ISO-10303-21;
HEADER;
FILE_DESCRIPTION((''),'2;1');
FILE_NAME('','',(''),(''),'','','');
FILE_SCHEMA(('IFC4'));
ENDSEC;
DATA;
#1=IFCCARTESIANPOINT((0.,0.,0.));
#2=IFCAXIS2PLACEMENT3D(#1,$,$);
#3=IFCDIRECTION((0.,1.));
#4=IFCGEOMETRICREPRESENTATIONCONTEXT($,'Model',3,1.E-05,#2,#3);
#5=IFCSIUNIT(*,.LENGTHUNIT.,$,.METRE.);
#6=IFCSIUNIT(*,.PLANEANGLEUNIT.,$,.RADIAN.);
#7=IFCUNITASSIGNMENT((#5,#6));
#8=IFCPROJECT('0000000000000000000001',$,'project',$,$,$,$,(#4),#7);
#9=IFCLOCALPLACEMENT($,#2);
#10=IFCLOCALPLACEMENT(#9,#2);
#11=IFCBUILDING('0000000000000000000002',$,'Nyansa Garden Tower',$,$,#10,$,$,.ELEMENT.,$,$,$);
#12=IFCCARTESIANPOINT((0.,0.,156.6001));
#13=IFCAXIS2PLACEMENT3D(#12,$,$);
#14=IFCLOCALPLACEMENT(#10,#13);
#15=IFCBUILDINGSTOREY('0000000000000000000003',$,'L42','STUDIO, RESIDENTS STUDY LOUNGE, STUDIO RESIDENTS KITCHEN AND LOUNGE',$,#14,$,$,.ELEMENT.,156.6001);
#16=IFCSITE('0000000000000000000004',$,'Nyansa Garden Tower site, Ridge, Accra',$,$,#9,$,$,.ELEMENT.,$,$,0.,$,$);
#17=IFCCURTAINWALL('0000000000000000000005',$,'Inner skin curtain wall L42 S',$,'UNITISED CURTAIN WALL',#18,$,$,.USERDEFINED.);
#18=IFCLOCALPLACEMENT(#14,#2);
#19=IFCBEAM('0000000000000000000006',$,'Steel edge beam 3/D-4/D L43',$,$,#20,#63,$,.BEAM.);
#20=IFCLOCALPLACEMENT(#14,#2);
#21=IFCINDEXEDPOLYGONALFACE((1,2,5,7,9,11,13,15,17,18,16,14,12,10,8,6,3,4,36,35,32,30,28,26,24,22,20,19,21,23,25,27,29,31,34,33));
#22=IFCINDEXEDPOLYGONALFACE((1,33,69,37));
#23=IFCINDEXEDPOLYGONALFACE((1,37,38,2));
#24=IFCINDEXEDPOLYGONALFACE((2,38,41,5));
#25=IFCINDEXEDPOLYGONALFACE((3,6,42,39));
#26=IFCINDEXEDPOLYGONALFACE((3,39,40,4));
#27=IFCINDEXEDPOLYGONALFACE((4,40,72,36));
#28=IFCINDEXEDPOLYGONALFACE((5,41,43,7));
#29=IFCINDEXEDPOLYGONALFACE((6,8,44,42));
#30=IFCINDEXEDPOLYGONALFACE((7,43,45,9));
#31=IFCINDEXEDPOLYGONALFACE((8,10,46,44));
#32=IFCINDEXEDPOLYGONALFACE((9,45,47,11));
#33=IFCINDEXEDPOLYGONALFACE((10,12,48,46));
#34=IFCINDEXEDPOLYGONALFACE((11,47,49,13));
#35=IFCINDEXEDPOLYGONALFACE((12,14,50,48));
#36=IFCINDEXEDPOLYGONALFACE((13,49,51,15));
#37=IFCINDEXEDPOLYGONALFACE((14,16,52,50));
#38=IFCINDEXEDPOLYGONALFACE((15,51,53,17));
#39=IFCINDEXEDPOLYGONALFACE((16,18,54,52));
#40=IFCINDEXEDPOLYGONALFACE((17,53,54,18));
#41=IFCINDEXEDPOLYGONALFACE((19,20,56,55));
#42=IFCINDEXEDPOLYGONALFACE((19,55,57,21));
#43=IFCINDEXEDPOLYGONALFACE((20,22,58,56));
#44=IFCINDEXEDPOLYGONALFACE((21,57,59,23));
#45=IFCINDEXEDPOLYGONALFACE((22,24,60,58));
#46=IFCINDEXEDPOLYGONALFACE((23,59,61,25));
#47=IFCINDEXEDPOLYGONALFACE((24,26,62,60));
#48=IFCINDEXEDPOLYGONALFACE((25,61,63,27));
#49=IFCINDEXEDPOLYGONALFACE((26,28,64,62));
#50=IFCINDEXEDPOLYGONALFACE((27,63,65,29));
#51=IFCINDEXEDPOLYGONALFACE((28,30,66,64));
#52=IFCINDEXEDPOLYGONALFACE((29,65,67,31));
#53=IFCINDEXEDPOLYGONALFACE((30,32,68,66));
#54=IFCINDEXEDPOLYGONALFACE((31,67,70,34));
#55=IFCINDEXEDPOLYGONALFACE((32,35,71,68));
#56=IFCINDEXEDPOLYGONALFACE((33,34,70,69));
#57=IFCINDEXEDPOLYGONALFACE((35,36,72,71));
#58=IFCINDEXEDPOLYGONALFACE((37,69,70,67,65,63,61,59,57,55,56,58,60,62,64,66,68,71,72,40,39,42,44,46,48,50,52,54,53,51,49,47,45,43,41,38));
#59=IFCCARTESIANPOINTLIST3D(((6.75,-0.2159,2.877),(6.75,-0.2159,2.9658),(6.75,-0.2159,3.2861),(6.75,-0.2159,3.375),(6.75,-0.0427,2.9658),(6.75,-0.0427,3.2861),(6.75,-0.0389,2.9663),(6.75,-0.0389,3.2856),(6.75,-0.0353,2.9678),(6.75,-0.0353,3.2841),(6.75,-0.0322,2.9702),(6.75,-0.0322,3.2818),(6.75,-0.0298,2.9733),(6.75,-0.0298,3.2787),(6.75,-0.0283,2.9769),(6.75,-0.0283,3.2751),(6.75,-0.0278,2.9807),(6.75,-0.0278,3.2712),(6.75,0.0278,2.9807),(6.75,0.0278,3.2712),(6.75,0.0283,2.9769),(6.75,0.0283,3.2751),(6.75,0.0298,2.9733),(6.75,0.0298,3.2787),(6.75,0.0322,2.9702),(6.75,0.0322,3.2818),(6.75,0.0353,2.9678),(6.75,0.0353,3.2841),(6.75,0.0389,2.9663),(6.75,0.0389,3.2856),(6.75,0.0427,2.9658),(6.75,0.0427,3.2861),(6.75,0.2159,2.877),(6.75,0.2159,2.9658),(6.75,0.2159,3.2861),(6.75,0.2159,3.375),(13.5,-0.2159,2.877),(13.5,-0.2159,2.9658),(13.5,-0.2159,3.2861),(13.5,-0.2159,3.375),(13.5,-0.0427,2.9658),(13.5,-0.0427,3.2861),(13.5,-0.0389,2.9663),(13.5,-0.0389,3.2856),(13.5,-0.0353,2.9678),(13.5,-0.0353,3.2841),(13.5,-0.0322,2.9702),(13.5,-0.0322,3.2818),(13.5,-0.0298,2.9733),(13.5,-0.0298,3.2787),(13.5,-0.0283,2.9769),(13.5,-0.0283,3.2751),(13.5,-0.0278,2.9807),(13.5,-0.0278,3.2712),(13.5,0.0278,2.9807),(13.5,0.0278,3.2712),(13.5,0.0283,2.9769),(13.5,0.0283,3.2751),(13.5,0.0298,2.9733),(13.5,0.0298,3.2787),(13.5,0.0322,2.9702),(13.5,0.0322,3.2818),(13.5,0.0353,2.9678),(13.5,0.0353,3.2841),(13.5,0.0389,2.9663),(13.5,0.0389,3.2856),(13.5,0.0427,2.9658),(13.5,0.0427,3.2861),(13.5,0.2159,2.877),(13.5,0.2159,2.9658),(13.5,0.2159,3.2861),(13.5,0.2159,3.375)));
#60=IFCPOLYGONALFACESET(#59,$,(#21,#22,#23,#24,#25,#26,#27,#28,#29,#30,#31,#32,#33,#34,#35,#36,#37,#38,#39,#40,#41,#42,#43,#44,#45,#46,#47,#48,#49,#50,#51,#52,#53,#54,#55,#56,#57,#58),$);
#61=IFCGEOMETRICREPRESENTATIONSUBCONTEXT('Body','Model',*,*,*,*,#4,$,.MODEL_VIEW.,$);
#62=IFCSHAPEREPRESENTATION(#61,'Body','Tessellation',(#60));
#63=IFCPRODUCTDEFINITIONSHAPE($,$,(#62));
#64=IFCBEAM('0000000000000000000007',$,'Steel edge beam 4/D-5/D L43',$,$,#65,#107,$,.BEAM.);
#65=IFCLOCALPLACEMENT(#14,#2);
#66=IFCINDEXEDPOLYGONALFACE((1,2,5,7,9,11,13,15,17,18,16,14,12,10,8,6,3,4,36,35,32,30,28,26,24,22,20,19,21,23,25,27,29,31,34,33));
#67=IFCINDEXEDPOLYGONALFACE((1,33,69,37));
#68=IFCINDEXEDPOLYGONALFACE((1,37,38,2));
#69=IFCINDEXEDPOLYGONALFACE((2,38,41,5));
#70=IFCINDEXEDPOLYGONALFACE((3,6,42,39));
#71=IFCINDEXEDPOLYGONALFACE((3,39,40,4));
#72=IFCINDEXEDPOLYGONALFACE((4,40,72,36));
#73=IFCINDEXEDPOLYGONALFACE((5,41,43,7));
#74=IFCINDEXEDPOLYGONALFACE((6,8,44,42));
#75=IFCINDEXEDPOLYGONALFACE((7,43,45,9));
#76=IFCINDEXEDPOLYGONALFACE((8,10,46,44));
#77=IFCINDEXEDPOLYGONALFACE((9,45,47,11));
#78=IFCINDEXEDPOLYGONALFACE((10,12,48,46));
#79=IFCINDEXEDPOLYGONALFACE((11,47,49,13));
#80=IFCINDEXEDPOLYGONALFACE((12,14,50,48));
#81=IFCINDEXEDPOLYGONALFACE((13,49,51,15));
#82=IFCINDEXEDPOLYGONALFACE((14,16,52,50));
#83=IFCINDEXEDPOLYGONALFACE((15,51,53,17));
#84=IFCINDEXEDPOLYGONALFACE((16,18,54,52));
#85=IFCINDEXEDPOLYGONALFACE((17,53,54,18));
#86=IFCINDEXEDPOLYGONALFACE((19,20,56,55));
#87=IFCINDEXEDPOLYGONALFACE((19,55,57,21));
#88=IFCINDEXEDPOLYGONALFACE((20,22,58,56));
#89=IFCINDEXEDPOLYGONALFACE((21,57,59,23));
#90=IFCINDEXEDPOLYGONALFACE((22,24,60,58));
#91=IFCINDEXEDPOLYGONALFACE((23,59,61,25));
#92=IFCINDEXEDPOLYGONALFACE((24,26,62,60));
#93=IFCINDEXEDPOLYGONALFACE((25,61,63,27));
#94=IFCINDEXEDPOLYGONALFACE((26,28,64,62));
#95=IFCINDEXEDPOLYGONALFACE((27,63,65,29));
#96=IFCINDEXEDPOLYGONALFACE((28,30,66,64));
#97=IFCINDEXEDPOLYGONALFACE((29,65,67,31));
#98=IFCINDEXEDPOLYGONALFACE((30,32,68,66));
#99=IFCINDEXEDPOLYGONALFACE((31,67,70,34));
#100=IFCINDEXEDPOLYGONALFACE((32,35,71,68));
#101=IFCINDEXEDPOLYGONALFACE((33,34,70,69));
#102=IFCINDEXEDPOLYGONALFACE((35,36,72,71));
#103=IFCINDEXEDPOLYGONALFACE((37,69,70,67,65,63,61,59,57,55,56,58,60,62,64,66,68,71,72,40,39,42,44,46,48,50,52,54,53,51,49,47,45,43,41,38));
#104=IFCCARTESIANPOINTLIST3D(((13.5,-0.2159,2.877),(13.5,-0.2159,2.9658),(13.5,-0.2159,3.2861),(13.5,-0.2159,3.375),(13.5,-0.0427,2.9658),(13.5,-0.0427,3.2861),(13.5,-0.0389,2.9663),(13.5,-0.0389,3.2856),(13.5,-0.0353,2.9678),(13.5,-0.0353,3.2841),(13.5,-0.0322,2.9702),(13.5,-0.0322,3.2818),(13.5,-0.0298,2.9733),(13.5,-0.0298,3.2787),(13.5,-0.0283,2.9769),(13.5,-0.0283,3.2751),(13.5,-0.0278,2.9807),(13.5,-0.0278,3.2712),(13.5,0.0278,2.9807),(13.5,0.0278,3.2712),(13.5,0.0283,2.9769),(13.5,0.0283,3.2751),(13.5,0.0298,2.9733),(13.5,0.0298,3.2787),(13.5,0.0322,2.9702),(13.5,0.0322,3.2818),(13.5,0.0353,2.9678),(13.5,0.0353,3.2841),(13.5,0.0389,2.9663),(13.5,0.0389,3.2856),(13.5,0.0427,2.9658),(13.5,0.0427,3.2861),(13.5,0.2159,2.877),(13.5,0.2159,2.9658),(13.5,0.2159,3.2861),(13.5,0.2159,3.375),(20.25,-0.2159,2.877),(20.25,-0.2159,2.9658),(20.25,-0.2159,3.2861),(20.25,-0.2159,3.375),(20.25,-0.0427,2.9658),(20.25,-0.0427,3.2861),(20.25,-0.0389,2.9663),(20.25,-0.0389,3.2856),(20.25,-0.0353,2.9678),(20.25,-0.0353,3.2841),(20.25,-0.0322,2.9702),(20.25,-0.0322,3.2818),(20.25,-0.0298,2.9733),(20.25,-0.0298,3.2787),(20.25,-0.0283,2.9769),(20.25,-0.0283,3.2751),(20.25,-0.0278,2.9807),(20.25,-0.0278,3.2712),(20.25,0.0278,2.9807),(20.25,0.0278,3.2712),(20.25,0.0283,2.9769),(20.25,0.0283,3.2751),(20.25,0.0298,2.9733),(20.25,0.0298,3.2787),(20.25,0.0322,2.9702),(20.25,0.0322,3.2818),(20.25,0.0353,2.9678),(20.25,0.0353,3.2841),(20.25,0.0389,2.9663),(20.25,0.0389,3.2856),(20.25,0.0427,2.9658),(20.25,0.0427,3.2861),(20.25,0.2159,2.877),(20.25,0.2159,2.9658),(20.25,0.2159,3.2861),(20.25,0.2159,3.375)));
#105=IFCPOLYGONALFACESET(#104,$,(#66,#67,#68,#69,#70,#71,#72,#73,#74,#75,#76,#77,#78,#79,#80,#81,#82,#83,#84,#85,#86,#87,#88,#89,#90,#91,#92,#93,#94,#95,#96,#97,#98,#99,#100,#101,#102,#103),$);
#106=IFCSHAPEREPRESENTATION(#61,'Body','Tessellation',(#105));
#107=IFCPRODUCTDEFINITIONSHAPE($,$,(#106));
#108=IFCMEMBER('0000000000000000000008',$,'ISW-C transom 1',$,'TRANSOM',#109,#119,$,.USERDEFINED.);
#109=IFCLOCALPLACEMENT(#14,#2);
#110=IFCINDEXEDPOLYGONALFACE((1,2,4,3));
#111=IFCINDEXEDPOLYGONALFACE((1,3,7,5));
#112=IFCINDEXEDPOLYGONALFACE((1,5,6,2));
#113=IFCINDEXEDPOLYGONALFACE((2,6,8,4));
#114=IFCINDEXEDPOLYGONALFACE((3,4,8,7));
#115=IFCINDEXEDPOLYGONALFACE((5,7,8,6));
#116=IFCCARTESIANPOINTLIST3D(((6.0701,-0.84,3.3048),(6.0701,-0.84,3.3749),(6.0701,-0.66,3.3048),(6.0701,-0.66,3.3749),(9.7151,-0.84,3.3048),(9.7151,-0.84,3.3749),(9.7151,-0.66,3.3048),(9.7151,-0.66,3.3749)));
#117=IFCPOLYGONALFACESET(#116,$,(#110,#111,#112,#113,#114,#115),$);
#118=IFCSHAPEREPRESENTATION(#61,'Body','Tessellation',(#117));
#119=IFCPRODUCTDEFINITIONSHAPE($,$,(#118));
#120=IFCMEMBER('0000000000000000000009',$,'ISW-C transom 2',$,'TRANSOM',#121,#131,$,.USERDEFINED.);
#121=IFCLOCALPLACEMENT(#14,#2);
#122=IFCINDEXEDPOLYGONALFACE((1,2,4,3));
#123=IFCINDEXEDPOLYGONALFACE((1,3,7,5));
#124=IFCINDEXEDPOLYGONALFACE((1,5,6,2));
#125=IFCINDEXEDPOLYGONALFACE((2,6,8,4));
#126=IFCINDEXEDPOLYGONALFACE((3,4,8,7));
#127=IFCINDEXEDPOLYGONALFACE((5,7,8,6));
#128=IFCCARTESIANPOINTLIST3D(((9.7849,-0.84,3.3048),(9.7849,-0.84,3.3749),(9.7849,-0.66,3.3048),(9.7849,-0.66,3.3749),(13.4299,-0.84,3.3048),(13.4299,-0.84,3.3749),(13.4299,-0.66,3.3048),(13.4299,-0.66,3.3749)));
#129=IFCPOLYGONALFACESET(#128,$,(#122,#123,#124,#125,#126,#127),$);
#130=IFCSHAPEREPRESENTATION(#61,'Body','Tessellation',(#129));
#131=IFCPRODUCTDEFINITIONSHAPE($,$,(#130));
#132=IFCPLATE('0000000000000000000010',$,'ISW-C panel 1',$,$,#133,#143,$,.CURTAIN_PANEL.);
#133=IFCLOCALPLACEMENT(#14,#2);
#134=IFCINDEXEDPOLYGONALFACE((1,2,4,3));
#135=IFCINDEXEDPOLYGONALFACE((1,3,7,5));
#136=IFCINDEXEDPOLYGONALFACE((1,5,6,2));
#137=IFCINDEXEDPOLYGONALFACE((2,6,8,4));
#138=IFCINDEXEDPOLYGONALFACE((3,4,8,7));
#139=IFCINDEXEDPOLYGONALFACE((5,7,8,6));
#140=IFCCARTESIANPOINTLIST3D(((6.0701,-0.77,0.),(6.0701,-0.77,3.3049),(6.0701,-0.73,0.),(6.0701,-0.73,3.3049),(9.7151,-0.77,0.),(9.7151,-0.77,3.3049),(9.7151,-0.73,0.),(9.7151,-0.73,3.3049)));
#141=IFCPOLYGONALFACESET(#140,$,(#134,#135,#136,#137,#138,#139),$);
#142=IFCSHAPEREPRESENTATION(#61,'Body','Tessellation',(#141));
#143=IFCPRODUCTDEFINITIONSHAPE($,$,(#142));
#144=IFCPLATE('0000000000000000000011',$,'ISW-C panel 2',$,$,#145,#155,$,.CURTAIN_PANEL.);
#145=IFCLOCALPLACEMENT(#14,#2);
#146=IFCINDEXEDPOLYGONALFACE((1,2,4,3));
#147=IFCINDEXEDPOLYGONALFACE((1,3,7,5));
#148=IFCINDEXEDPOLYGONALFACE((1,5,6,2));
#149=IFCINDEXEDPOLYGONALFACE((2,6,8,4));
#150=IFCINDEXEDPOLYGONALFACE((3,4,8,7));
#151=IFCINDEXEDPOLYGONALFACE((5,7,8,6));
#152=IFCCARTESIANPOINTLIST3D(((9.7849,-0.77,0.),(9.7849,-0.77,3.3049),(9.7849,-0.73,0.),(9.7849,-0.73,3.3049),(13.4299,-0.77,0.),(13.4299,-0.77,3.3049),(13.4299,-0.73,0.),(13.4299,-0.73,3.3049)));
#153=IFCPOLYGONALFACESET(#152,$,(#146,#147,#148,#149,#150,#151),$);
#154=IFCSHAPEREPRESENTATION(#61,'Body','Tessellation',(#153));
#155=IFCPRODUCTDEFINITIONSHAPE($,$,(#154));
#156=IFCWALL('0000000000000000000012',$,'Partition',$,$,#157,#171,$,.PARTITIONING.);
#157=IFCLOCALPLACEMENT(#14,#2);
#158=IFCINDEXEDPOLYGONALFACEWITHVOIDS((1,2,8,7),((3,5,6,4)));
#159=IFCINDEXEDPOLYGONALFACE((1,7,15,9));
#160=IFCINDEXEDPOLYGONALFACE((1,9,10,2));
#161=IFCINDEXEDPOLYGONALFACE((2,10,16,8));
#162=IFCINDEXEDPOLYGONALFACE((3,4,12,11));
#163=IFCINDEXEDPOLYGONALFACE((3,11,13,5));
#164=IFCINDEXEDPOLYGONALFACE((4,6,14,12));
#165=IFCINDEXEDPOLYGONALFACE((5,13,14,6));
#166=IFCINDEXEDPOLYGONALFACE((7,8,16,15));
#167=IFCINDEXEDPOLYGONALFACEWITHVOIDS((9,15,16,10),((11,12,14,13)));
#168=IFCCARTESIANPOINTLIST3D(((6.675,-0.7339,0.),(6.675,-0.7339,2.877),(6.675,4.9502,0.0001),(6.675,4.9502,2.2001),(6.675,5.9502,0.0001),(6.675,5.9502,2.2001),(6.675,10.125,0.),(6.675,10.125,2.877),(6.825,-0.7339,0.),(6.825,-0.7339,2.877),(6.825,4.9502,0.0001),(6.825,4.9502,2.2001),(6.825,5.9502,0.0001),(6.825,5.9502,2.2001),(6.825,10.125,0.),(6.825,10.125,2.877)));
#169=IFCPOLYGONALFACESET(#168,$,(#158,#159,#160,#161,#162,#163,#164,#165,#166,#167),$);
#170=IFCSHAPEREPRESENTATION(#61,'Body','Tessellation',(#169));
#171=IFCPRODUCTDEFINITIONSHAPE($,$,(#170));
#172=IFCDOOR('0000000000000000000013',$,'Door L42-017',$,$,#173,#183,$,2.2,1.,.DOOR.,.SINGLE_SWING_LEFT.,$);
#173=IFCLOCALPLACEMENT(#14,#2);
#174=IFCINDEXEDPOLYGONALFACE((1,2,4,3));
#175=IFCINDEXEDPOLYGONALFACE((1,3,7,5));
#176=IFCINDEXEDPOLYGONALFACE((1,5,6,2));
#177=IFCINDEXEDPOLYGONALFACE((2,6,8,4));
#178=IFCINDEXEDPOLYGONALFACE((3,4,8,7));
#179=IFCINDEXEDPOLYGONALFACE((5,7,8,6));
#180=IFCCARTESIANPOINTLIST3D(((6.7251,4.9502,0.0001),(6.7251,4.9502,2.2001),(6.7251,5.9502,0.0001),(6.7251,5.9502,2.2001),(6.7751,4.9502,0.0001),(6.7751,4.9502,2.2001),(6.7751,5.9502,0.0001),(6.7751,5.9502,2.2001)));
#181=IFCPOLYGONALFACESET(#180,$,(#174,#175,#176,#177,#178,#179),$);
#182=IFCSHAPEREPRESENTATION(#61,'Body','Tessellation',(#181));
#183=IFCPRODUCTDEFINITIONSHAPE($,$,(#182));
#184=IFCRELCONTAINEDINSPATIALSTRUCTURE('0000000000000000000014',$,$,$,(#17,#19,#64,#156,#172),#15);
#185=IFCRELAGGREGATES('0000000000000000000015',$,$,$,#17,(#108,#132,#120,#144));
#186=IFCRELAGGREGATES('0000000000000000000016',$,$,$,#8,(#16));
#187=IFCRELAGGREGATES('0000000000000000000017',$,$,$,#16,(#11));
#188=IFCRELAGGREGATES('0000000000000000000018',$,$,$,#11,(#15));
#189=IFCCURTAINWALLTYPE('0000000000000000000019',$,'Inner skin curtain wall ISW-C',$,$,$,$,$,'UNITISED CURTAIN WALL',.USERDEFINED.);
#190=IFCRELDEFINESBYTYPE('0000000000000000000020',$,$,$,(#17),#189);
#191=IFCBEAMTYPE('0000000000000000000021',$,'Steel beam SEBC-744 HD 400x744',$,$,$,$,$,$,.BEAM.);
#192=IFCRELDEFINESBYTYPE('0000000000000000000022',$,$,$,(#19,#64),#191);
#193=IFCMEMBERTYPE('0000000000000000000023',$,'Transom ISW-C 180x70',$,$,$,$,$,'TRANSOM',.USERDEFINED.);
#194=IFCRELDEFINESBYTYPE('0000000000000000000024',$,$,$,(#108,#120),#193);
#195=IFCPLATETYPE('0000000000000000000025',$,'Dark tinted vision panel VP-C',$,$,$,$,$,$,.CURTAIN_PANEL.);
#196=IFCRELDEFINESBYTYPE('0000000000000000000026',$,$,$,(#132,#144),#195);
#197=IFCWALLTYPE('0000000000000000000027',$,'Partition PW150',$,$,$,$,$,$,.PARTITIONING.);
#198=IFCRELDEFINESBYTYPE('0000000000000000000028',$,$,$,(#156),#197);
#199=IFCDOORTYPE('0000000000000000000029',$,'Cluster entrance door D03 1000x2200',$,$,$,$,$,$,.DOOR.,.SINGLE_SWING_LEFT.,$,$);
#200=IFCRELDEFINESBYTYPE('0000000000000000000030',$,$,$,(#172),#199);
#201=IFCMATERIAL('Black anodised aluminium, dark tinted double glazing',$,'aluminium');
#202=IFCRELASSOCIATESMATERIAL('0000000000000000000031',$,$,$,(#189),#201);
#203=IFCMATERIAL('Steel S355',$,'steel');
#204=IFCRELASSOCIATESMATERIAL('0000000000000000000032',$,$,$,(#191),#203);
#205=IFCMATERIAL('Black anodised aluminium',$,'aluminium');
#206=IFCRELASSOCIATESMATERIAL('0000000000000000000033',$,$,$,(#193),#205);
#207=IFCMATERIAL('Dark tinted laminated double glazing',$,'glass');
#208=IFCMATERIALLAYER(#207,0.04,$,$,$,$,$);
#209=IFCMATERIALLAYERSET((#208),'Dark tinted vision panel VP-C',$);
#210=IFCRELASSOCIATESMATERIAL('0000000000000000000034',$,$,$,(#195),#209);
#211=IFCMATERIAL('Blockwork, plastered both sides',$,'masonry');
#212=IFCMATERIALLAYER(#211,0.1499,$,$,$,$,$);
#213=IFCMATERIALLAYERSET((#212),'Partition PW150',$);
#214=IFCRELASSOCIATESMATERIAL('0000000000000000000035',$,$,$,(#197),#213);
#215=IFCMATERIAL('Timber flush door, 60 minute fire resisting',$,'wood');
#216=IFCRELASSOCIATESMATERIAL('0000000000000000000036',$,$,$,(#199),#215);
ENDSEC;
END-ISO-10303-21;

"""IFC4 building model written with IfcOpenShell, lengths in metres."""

from ifc_helpers import new_model, si_unit, direction, frame, frame_2d, origin, origin_2d, place, context, subcontext, project, spatial, rectangle, i_section, extrude, material, layer, layer_set, material_profile, profile_set, type_object, element, fill, aggregate, save


model = new_model("IFC4")

# Units and contexts
model_context = context("Model", 3, precision=1e-05, world=origin(), true_north=direction((0.0, 1.0)))
body_context = subcontext(model_context, "Body", "Model", "MODEL_VIEW")
ifc_project = project(units=[si_unit("LENGTHUNIT", "METRE"), si_unit("PLANEANGLEUNIT", "RADIAN")], contexts=[model_context])

# Site, building, storey
site_placement = place(None, origin())
site = spatial("IfcSite", under=ifc_project, at=site_placement, Name="Nyansa Garden Tower site, Ridge, Accra", CompositionType="ELEMENT", RefElevation=0.0)
building_placement = place(site_placement, origin())
building = spatial("IfcBuilding", under=site, at=building_placement, Name="Nyansa Garden Tower", CompositionType="ELEMENT")
storey_placement = place(building_placement, frame((0.0, 0.0, 156.6001)))
storey = spatial("IfcBuildingStorey", under=building, at=storey_placement, Name="L42", Description="STUDIO, RESIDENTS STUDY LOUNGE, STUDIO RESIDENTS KITCHEN AND LOUNGE", CompositionType="ELEMENT", Elevation=156.6001)

# Curtain wall
ifc_material_1 = material(Name="Black anodised aluminium, dark tinted double glazing", Category="aluminium")
curtain_wall_type = type_object("IfcCurtainWallType", Name="Inner skin curtain wall ISW-C", ElementType="UNITISED CURTAIN WALL", PredefinedType="USERDEFINED", material=ifc_material_1)
curtain_wall_placement = place(storey_placement, origin())
curtain_wall = element("IfcCurtainWall", 1, at=curtain_wall_placement, inside=storey, type_object=curtain_wall_type, Name="Inner skin curtain wall L42 S", ObjectType="UNITISED CURTAIN WALL", PredefinedType="USERDEFINED")

# Beams
ifc_material_2 = material(Name="Steel S355", Category="steel")
ifc_material_profile_1 = material_profile(ifc_material_2, i_section(OverallWidth=0.4319, OverallDepth=0.498, WebThickness=0.0557, FlangeThickness=0.0889, FilletRadius=0.0149, at=origin_2d()), Name="HD 400x744")
ifc_profile_set_1 = profile_set([ifc_material_profile_1], Name="Steel S355")
beam_type_1 = type_object("IfcBeamType", Name="Steel beam SEBC-744 HD 400x744", PredefinedType="BEAM", material=ifc_profile_set_1)
for number, where, z_axis, x_axis, name in (
    (2, (6.75, 0.0, 3.126), (1.0, 0.0, 0.0), (0.0, 1.0, 0.0), "Steel edge beam 3/D-4/D L43"),
    (3, (13.5, 0.0, 3.126), (1.0, 0.0, 0.0), (0.0, 1.0, 0.0), "Steel edge beam 4/D-5/D L43"),
):
    element("IfcBeam", number, at=place(storey_placement, frame(where, z_axis=z_axis, x_axis=x_axis)), inside=storey, type_object=beam_type_1, Name=name, PredefinedType="BEAM", context=body_context, shape_type="SweptSolid", body=[
        extrude(i_section(OverallWidth=0.4319, OverallDepth=0.498, WebThickness=0.0557, FlangeThickness=0.0889, FilletRadius=0.0149, at=origin_2d()), origin(), (0.0, 0.0, 1.0), 6.75),
    ])

# Members
ifc_material_3 = material(Name="Black anodised aluminium", Category="aluminium")
ifc_material_profile_2 = material_profile(ifc_material_3, rectangle(XDim=0.1799, YDim=0.0701, at=origin_2d()), Name="Transom 180x70")
ifc_profile_set_2 = profile_set([ifc_material_profile_2], Name="Black anodised aluminium")
member_type_1 = type_object("IfcMemberType", Name="Transom ISW-C 180x70", ElementType="TRANSOM", PredefinedType="USERDEFINED", material=ifc_profile_set_2)
member_1_placement = place(storey_placement, frame((6.0701, -0.75, 3.3398), z_axis=(1.0, 0.0, 0.0), x_axis=(0.0, 1.0, 0.0)))
member_1 = element("IfcMember", 4, at=member_1_placement, type_object=member_type_1, Name="ISW-C transom 1", ObjectType="TRANSOM", PredefinedType="USERDEFINED", context=body_context, shape_type="SweptSolid", body=[
    extrude(rectangle(XDim=0.1799, YDim=0.0701, at=origin_2d()), origin(), (0.0, 0.0, 1.0), 3.645),
])
member_2_placement = place(storey_placement, frame((9.7849, -0.75, 3.3398), z_axis=(1.0, 0.0, 0.0), x_axis=(0.0, 1.0, 0.0)))
member_2 = element("IfcMember", 5, at=member_2_placement, type_object=member_type_1, Name="ISW-C transom 2", ObjectType="TRANSOM", PredefinedType="USERDEFINED", context=body_context, shape_type="SweptSolid", body=[
    extrude(rectangle(XDim=0.1799, YDim=0.0701, at=origin_2d()), origin(), (0.0, 0.0, 1.0), 3.645),
])

# Plates
ifc_material_4 = material(Name="Dark tinted laminated double glazing", Category="glass")
ifc_layer_1 = layer(ifc_material_4, 0.04)
ifc_layer_set_1 = layer_set([ifc_layer_1], Name="Dark tinted vision panel VP-C")
plate_type = type_object("IfcPlateType", Name="Dark tinted vision panel VP-C", PredefinedType="CURTAIN_PANEL", material=ifc_layer_set_1)
plate_1_placement = place(storey_placement, frame((7.8926, -0.75, 0.0), z_axis=(0.0, 0.0, 1.0), x_axis=(1.0, 0.0, 0.0)))
plate_1 = element("IfcPlate", 6, at=plate_1_placement, type_object=plate_type, Name="ISW-C panel 1", PredefinedType="CURTAIN_PANEL", context=body_context, shape_type="SweptSolid", body=[
    extrude(rectangle(XDim=3.645, YDim=0.04, at=origin_2d()), origin(), (0.0, 0.0, 1.0), 3.3049),
])
plate_2_placement = place(storey_placement, frame((11.6074, -0.75, 0.0), z_axis=(0.0, 0.0, 1.0), x_axis=(1.0, 0.0, 0.0)))
plate_2 = element("IfcPlate", 7, at=plate_2_placement, type_object=plate_type, Name="ISW-C panel 2", PredefinedType="CURTAIN_PANEL", context=body_context, shape_type="SweptSolid", body=[
    extrude(rectangle(XDim=3.645, YDim=0.04, at=origin_2d()), origin(), (0.0, 0.0, 1.0), 3.3049),
])
aggregate(curtain_wall, [member_1, plate_1, member_2, plate_2])

# Wall, opening, door
ifc_material_5 = material(Name="Blockwork, plastered both sides", Category="masonry")
ifc_layer_2 = layer(ifc_material_5, 0.1499)
ifc_layer_set_2 = layer_set([ifc_layer_2], Name="Partition PW150")
wall_type_1 = type_object("IfcWallType", Name="Partition PW150", PredefinedType="PARTITIONING", material=ifc_layer_set_2)
wall_1_placement = place(storey_placement, frame((6.75, -0.7339, 0.0), z_axis=(0.0, 0.0, 1.0), x_axis=(0.0, 1.0, 0.0)))
wall_1 = element("IfcWall", 8, at=wall_1_placement, inside=storey, type_object=wall_type_1, Name="Partition", PredefinedType="PARTITIONING", context=body_context, shape_type="SweptSolid", body=[
    extrude(rectangle(XDim=10.8589, YDim=0.1499, at=frame_2d((5.4294, 0.0))), origin(), (0.0, 0.0, 1.0), 2.877),
])
opening_1_placement = place(wall_1_placement, frame((5.6841, 0.0, 0.0)))
opening_1 = element("IfcOpeningElement", 9, at=opening_1_placement, cuts=wall_1, PredefinedType="OPENING", context=body_context, shape_type="SweptSolid", body=[
    extrude(rectangle(XDim=1.0, YDim=2.2, at=frame_2d((0.5, 1.1001))), frame((0.0, 0.085, 0.0), z_axis=(0.0, -1.0, 0.0), x_axis=(1.0, 0.0, 0.0)), (0.0, 0.0, 1.0), 0.1699),
])
ifc_material_6 = material(Name="Timber flush door, 60 minute fire resisting", Category="wood")
door_type_1 = type_object("IfcDoorType", Name="Cluster entrance door D03 1000x2200", OperationType="SINGLE_SWING_LEFT", PredefinedType="DOOR", material=ifc_material_6)
door_1_placement = place(opening_1_placement, origin())
door_1 = element("IfcDoor", 10, at=door_1_placement, inside=storey, type_object=door_type_1, Name="Door L42-017", OperationType="SINGLE_SWING_LEFT", OverallHeight=2.2, OverallWidth=1.0, PredefinedType="DOOR", context=body_context, shape_type="SweptSolid", body=[
    extrude(rectangle(XDim=1.0, YDim=2.2, at=frame_2d((0.5, 1.1001))), frame((0.0, 0.0249, 0.0), z_axis=(0.0, -1.0, 0.0), x_axis=(1.0, 0.0, 0.0)), (0.0, 0.0, 1.0), 0.05),
])
fill(opening_1, door_1)

save(model, "model.ifc")
